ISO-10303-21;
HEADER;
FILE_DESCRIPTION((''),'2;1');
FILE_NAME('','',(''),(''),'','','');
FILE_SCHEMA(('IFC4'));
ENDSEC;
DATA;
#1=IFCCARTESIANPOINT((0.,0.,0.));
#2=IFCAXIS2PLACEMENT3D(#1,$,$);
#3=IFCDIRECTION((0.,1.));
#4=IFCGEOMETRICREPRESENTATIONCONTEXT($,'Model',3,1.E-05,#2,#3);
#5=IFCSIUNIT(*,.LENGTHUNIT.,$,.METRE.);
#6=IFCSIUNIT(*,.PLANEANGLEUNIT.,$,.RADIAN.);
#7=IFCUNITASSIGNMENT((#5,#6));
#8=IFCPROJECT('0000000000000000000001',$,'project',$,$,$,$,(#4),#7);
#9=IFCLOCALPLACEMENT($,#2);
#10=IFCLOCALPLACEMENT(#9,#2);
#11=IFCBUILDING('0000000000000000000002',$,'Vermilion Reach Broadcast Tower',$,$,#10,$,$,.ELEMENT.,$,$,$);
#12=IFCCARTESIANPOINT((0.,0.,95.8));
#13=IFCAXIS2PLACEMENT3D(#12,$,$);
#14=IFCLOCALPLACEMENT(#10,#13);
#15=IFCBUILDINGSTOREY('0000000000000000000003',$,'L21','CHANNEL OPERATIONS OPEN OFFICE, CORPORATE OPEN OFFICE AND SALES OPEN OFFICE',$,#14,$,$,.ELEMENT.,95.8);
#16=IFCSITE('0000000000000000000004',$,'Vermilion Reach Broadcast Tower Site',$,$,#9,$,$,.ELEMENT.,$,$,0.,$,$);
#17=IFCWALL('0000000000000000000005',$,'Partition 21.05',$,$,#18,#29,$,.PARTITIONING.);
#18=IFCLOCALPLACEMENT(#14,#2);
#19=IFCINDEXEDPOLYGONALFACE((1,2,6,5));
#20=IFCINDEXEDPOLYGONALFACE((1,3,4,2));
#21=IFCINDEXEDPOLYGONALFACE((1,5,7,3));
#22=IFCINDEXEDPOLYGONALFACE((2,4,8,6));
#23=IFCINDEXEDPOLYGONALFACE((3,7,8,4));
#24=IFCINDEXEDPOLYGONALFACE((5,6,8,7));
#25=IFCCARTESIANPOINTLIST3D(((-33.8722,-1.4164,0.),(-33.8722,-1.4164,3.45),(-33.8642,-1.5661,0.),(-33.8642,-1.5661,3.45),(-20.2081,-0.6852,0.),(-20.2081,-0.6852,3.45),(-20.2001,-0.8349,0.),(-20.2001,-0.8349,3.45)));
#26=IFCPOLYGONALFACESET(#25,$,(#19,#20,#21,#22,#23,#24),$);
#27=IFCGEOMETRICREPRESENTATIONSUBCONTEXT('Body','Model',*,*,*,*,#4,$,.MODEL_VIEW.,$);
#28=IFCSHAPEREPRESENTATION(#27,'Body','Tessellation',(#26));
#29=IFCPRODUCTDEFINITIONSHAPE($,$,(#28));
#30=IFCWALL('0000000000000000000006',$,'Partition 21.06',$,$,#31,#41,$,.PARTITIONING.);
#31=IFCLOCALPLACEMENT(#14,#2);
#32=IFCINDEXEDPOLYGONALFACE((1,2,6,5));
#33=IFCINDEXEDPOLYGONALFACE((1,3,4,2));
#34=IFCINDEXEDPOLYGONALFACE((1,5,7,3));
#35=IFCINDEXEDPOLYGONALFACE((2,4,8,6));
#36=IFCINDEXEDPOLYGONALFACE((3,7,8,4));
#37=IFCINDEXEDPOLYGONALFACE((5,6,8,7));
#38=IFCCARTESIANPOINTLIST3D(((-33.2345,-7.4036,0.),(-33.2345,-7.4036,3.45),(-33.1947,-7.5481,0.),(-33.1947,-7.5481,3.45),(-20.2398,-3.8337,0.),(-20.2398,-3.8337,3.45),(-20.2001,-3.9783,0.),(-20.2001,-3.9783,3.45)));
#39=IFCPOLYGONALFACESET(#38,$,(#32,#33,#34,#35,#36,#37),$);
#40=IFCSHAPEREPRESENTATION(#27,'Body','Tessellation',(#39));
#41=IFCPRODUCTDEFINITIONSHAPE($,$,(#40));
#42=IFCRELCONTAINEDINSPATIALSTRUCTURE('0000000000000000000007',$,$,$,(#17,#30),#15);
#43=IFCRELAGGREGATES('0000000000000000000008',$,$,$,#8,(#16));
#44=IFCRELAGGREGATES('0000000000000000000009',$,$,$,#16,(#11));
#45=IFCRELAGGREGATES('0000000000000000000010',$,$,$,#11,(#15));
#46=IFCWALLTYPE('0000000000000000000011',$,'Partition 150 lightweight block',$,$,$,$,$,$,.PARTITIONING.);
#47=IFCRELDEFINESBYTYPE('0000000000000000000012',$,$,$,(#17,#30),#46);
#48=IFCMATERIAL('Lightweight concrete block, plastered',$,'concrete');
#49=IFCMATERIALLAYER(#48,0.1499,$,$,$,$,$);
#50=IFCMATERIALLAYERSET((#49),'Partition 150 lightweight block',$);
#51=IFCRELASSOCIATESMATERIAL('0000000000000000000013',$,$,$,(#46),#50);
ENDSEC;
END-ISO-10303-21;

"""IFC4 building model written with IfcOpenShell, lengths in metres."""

from ifc_helpers import new_model, si_unit, direction, frame, frame_2d, origin, place, context, subcontext, project, spatial, rectangle, extrude, material, layer, layer_set, type_object, element, save


model = new_model("IFC4")

# Units and contexts
model_context = context("Model", 3, precision=1e-05, world=origin(), true_north=direction((0.0, 1.0)))
body_context = subcontext(model_context, "Body", "Model", "MODEL_VIEW")
ifc_project = project(units=[si_unit("LENGTHUNIT", "METRE"), si_unit("PLANEANGLEUNIT", "RADIAN")], contexts=[model_context])

# Site, building, storey
site_placement = place(None, origin())
site = spatial("IfcSite", under=ifc_project, at=site_placement, Name="Vermilion Reach Broadcast Tower Site", CompositionType="ELEMENT", RefElevation=0.0)
building_placement = place(site_placement, origin())
building = spatial("IfcBuilding", under=site, at=building_placement, Name="Vermilion Reach Broadcast Tower", CompositionType="ELEMENT")
storey_placement = place(building_placement, frame((0.0, 0.0, 95.8)))
storey = spatial("IfcBuildingStorey", under=building, at=storey_placement, Name="L21", Description="CHANNEL OPERATIONS OPEN OFFICE, CORPORATE OPEN OFFICE AND SALES OPEN OFFICE", CompositionType="ELEMENT", Elevation=95.8)

# Walls
ifc_material_1 = material(Name="Lightweight concrete block, plastered", Category="concrete")
ifc_layer_1 = layer(ifc_material_1, 0.1499)
ifc_layer_set_1 = layer_set([ifc_layer_1], Name="Partition 150 lightweight block")
wall_type = type_object("IfcWallType", Name="Partition 150 lightweight block", PredefinedType="PARTITIONING", material=ifc_layer_set_1)
wall_1_placement = place(storey_placement, frame((-33.8682, -1.4912, 0.0), z_axis=(0.0, 0.0, 1.0), x_axis=(0.998571, 0.053436, 0.0)))
element("IfcWall", 1, at=wall_1_placement, inside=storey, type_object=wall_type, Name="Partition 21.05", PredefinedType="PARTITIONING", context=body_context, shape_type="SweptSolid", body=[
    extrude(rectangle(XDim=13.6836, YDim=0.1499, at=frame_2d((6.8418, 0.0))), origin(), (0.0, 0.0, 1.0), 3.45),
])
wall_2_placement = place(storey_placement, frame((-33.2146, -7.4758, 0.0), z_axis=(0.0, 0.0, 1.0), x_axis=(0.964276, 0.264901, 0.0)))
element("IfcWall", 2, at=wall_2_placement, inside=storey, type_object=wall_type, Name="Partition 21.06", PredefinedType="PARTITIONING", context=body_context, shape_type="SweptSolid", body=[
    extrude(rectangle(XDim=13.4761, YDim=0.1499, at=frame_2d((6.738, 0.0))), origin(), (0.0, 0.0, 1.0), 3.45),
])

save(model, "model.ifc")
